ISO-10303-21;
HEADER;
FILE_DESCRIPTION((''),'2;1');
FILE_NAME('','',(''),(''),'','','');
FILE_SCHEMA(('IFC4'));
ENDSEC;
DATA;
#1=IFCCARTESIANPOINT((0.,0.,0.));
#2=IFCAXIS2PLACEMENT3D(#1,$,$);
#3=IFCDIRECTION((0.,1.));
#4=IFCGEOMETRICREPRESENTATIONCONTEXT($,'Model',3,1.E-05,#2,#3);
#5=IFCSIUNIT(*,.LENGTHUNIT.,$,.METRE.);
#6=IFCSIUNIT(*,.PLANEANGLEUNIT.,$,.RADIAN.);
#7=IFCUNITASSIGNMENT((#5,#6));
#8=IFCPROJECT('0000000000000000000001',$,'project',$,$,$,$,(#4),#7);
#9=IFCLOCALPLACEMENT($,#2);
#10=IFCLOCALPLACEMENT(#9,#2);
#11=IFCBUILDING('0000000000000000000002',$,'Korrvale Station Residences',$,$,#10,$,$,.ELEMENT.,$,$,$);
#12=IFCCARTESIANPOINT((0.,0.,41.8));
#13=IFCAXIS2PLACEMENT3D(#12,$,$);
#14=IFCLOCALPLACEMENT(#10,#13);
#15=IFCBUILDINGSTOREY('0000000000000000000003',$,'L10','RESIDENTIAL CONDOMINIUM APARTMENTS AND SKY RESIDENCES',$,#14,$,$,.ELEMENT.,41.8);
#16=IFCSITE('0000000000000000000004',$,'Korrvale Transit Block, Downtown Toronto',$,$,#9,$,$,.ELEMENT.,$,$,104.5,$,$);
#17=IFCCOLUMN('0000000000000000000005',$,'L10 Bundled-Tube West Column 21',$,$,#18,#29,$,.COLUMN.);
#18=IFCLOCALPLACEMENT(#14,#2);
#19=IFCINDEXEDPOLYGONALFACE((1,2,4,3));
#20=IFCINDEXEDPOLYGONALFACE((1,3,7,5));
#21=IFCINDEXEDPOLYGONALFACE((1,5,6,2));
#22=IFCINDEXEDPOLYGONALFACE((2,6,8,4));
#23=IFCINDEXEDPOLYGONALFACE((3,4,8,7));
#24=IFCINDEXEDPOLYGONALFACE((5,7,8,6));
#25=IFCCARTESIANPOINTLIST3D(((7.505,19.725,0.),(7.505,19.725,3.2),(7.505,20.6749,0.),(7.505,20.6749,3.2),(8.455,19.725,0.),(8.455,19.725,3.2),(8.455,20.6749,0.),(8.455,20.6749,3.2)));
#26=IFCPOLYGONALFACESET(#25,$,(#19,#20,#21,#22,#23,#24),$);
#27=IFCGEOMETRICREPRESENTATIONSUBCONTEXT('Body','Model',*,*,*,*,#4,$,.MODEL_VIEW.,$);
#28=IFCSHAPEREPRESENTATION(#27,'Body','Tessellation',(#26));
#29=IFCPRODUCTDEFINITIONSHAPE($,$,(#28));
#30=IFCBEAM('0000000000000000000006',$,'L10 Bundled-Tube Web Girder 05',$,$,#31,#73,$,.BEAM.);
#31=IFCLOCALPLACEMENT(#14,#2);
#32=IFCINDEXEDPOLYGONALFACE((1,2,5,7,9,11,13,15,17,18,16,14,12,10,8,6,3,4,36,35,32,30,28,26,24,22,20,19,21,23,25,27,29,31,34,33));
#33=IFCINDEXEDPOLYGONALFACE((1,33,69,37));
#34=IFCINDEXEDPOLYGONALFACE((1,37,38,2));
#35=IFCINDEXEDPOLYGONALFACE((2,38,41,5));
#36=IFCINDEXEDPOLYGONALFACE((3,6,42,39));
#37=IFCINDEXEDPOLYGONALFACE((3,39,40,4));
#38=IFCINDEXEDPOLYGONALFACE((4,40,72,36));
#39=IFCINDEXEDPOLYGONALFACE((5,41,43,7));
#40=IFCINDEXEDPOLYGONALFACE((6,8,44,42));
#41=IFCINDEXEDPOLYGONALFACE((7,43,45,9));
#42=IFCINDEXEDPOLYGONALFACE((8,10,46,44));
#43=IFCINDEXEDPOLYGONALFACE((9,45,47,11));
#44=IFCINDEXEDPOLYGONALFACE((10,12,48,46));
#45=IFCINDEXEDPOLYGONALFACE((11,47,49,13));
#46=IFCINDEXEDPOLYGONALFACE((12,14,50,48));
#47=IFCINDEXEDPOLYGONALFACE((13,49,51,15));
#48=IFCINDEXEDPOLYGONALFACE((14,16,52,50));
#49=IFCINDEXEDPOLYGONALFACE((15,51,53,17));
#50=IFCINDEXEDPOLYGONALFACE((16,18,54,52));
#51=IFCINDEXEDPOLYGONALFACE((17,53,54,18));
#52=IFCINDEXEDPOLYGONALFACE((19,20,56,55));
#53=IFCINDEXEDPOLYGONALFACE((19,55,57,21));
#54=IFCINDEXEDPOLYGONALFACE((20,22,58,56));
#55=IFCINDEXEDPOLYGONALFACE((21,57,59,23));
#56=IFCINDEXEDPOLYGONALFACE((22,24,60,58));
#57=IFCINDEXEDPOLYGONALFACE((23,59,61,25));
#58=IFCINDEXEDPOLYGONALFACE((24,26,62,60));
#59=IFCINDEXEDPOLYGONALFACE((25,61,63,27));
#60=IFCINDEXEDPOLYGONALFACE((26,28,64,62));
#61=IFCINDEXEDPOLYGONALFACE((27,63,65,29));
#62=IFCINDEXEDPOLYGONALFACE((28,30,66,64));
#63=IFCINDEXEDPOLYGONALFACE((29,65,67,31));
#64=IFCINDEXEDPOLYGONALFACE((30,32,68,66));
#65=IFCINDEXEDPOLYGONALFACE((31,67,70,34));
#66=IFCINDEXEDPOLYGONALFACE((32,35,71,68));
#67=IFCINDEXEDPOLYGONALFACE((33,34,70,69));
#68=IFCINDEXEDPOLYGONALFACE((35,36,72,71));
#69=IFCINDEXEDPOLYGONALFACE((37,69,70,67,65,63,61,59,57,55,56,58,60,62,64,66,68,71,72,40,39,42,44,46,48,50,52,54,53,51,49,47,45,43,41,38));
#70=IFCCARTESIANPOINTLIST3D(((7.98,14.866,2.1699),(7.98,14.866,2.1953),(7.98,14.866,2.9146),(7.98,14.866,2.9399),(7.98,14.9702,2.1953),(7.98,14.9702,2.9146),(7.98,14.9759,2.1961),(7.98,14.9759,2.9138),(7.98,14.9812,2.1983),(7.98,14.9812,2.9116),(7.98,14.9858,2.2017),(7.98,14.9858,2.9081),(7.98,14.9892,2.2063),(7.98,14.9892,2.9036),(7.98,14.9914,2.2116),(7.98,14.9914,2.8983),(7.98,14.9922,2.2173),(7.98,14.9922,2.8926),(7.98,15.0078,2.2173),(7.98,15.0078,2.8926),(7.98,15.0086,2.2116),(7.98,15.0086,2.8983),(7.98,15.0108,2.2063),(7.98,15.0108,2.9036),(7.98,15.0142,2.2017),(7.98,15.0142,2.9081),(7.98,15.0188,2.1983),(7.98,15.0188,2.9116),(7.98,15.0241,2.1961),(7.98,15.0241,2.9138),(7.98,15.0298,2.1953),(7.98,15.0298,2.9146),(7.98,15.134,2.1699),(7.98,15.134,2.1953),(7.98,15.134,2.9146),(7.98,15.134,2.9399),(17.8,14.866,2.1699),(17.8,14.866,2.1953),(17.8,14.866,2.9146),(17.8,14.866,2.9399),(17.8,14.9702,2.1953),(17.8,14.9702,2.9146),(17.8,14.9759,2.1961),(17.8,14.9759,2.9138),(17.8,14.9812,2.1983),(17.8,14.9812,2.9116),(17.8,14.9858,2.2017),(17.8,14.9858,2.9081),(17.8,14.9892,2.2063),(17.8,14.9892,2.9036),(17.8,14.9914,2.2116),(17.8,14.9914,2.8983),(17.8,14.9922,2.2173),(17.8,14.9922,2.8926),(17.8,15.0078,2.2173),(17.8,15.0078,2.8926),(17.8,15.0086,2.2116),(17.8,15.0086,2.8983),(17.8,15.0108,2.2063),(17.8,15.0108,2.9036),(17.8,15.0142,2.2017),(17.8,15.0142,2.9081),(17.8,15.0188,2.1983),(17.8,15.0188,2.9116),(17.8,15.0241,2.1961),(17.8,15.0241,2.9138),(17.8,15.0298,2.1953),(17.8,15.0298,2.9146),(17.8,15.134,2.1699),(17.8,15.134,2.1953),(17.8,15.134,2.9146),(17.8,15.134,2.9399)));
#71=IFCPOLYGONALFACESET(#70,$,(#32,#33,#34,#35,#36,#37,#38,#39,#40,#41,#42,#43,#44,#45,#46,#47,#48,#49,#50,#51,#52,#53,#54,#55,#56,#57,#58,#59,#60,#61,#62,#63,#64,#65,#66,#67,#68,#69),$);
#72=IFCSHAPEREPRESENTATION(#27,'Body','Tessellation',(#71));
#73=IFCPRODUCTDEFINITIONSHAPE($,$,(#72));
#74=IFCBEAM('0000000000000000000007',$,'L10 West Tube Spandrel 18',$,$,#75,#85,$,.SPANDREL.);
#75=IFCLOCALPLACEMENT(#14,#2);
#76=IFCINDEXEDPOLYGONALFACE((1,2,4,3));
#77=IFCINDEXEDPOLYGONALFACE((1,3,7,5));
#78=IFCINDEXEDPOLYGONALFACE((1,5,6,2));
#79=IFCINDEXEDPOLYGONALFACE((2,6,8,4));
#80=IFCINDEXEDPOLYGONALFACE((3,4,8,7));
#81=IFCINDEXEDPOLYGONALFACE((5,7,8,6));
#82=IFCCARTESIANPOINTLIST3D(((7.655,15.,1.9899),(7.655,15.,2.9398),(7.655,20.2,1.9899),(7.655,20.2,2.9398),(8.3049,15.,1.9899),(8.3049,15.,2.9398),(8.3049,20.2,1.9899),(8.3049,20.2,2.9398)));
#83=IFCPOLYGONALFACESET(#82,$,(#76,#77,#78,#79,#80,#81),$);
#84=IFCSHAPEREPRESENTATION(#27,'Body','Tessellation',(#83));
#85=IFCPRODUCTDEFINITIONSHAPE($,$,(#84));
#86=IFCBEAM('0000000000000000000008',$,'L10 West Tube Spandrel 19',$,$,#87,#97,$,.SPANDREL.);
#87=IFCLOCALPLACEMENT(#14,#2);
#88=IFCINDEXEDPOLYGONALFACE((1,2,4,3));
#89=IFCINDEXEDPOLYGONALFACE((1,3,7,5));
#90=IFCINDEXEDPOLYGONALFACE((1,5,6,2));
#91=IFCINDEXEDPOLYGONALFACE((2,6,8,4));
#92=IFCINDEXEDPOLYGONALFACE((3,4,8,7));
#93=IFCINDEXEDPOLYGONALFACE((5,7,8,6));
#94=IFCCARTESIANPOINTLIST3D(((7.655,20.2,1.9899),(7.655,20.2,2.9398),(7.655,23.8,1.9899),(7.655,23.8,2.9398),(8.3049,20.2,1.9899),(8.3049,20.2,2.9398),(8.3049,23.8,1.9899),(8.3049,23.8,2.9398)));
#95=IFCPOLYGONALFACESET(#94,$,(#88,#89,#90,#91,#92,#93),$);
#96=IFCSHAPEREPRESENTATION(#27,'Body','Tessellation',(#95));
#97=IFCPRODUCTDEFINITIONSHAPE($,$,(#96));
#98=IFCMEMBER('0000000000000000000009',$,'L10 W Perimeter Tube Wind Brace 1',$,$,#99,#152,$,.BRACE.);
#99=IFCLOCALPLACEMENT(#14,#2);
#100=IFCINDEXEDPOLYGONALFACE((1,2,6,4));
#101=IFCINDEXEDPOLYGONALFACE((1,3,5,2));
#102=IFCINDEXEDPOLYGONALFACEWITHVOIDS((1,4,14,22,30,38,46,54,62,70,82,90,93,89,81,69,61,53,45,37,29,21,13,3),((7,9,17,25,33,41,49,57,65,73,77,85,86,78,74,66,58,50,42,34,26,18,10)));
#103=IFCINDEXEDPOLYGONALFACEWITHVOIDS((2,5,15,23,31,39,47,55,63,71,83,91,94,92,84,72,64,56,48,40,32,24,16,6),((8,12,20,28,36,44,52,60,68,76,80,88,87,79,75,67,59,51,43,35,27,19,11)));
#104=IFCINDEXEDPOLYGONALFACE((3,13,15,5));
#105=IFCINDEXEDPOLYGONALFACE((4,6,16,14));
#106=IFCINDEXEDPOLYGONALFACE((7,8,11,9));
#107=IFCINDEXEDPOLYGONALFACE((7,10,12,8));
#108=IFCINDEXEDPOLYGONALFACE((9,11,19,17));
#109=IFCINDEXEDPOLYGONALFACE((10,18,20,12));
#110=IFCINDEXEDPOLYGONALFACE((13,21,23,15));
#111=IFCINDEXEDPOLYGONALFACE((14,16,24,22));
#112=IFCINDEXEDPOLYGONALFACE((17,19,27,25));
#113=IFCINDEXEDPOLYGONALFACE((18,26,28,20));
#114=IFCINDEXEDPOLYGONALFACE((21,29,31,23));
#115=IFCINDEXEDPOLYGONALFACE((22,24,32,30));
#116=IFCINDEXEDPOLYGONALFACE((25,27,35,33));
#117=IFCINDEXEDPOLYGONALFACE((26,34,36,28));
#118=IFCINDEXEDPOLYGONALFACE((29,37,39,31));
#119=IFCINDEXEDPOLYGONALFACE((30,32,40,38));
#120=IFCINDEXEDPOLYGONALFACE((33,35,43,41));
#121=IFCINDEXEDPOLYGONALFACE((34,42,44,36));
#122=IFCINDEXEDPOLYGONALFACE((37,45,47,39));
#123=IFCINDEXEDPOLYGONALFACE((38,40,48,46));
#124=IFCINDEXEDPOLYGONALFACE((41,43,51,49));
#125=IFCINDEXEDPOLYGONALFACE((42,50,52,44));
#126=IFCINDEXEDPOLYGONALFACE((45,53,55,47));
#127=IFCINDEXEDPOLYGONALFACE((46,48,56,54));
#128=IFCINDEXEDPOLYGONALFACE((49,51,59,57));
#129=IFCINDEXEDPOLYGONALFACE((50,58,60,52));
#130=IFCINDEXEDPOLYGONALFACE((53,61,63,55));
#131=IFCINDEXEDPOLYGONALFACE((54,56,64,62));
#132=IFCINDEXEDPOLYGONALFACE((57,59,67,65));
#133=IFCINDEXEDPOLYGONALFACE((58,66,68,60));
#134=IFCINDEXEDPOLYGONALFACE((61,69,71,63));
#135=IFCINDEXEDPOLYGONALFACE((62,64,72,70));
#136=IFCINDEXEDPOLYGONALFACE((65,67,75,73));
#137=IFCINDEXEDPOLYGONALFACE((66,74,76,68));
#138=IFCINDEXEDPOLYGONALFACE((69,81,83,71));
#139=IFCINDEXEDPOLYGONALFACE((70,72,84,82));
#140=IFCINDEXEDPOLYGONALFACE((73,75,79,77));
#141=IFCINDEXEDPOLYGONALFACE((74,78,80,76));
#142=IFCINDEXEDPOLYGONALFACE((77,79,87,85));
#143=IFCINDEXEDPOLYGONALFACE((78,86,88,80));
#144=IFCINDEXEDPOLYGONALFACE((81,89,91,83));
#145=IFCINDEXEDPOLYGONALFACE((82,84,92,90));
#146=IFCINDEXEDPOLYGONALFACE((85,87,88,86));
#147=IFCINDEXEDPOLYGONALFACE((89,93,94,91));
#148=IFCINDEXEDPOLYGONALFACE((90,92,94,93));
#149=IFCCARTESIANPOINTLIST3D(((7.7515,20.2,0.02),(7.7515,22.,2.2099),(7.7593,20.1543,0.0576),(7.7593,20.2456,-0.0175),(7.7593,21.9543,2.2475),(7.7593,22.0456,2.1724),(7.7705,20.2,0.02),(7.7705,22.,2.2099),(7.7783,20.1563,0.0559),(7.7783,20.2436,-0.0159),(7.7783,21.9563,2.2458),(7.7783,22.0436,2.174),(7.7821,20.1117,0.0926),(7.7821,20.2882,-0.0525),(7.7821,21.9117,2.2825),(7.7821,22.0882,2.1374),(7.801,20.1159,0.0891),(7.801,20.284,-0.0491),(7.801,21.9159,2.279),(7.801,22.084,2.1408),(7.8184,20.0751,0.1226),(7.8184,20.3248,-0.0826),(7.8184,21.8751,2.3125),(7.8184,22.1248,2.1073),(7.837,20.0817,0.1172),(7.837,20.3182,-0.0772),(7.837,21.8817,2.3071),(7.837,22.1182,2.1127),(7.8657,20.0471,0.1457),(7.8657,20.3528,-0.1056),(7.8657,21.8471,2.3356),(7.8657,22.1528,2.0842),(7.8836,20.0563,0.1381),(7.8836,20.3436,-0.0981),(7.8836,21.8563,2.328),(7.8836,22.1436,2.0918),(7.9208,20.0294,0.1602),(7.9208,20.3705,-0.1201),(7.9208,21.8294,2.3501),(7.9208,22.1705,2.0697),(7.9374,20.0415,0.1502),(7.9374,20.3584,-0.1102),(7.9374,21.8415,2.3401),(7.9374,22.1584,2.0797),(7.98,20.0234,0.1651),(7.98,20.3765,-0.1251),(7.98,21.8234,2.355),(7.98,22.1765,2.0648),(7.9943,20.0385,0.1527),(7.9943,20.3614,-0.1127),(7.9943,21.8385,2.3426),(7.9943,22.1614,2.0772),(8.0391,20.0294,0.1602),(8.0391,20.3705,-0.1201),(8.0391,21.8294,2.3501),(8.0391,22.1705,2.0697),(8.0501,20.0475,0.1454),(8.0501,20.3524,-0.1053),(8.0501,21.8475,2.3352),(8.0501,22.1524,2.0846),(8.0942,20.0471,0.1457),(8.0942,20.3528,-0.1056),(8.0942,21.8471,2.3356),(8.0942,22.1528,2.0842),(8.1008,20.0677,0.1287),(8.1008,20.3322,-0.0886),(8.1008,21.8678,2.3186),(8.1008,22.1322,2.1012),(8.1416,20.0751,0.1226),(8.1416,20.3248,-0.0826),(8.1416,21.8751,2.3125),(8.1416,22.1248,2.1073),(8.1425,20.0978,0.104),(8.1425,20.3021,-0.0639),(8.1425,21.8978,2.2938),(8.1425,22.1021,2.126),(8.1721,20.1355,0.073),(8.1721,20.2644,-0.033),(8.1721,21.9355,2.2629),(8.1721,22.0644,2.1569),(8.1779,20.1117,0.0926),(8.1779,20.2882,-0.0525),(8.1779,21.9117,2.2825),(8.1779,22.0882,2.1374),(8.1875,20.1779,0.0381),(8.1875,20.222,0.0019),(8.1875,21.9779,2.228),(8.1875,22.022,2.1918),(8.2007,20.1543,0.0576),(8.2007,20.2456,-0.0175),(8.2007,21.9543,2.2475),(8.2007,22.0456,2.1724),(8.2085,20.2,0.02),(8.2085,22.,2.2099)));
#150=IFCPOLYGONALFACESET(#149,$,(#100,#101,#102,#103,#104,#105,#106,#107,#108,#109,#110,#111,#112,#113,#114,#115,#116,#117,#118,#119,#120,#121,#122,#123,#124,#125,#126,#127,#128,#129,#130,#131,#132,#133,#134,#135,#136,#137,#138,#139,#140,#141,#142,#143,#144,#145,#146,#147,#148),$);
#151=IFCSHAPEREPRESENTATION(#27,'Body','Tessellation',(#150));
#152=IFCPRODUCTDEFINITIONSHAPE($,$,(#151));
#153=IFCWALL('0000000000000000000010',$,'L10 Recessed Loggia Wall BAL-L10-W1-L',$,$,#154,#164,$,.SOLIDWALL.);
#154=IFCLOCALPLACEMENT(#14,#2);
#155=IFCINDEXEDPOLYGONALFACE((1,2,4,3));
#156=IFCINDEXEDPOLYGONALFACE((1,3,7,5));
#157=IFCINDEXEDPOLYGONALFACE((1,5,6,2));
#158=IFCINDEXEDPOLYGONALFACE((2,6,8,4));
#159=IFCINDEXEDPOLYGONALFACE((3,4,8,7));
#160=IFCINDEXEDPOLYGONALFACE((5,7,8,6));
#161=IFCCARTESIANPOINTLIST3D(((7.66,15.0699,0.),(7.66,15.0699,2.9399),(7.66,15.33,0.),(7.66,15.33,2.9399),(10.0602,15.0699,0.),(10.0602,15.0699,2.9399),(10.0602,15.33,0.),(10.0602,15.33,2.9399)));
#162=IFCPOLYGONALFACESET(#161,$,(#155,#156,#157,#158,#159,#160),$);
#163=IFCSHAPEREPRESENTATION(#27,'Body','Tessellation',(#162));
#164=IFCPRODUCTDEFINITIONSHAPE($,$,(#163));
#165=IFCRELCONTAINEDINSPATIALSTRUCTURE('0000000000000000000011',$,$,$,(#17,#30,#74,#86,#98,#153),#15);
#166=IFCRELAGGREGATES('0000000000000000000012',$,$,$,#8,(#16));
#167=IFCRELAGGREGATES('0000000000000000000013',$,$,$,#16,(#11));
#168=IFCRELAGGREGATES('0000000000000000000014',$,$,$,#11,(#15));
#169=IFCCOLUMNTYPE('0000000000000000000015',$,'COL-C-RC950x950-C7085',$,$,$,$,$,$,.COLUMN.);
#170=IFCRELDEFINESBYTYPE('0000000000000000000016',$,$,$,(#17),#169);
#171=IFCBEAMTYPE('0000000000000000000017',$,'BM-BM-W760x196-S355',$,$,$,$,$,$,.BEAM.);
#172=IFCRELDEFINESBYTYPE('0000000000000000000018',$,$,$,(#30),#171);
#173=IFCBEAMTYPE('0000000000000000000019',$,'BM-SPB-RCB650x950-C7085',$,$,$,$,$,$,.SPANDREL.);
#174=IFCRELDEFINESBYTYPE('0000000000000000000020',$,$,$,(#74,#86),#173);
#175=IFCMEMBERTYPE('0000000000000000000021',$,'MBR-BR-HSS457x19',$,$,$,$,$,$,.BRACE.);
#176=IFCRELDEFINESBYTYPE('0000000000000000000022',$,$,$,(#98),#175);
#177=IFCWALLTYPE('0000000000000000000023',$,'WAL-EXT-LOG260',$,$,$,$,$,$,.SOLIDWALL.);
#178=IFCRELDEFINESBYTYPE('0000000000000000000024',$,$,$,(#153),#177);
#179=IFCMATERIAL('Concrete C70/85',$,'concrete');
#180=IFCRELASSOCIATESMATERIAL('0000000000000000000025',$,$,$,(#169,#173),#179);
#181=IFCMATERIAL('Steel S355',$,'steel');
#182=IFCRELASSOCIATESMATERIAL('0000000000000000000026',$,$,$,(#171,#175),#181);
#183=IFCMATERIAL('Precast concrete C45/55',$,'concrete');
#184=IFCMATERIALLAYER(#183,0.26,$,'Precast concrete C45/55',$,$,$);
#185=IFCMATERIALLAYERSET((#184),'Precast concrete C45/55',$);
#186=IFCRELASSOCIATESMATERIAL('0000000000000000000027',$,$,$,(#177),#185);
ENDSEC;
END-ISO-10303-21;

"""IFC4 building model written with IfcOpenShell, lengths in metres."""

from ifc_helpers import new_model, si_unit, direction, frame, frame_2d, origin, origin_2d, place, context, subcontext, project, spatial, rectangle, hollow_circle, i_section, extrude, material, layer, layer_set, material_profile, profile_set, type_object, element, save


model = new_model("IFC4")

# Units and contexts
model_context = context("Model", 3, precision=1e-05, world=origin(), true_north=direction((0.0, 1.0)))
body_context = subcontext(model_context, "Body", "Model", "MODEL_VIEW")
ifc_project = project(units=[si_unit("LENGTHUNIT", "METRE"), si_unit("PLANEANGLEUNIT", "RADIAN")], contexts=[model_context])

# Site, building, storey
site_placement = place(None, origin())
site = spatial("IfcSite", under=ifc_project, at=site_placement, Name="Korrvale Transit Block, Downtown Toronto", CompositionType="ELEMENT", RefElevation=104.5)
building_placement = place(site_placement, origin())
building = spatial("IfcBuilding", under=site, at=building_placement, Name="Korrvale Station Residences", CompositionType="ELEMENT")
storey_placement = place(building_placement, frame((0.0, 0.0, 41.8)))
storey = spatial("IfcBuildingStorey", under=building, at=storey_placement, Name="L10", Description="RESIDENTIAL CONDOMINIUM APARTMENTS AND SKY RESIDENCES", CompositionType="ELEMENT", Elevation=41.8)

# Column
ifc_material_1 = material(Name="Concrete C70/85", Category="concrete")
ifc_material_profile_1 = material_profile(ifc_material_1, rectangle(XDim=0.95, YDim=0.95, at=origin_2d()), Name="RC950x950")
ifc_profile_set_1 = profile_set([ifc_material_profile_1], Name="Concrete C70/85")
column_type = type_object("IfcColumnType", Name="COL-C-RC950x950-C7085", PredefinedType="COLUMN", material=ifc_profile_set_1)
column_placement = place(storey_placement, frame((7.98, 20.2, 0.0), z_axis=(0.0, 0.0, 1.0), x_axis=(1.0, 0.0, 0.0)))
element("IfcColumn", 1, at=column_placement, inside=storey, type_object=column_type, Name="L10 Bundled-Tube West Column 21", PredefinedType="COLUMN", context=body_context, shape_type="SweptSolid", body=[
    extrude(rectangle(XDim=0.95, YDim=0.95, at=origin_2d()), origin(), (0.0, 0.0, 1.0), 3.2),
])

# Beams
ifc_material_2 = material(Name="Steel S355", Category="steel")
ifc_material_profile_2 = material_profile(ifc_material_2, i_section(OverallWidth=0.2681, OverallDepth=0.77, WebThickness=0.0156, FlangeThickness=0.0254, FilletRadius=0.022, at=origin_2d()), Name="W760x196")
ifc_profile_set_2 = profile_set([ifc_material_profile_2], Name="Steel S355")
beam_type_1 = type_object("IfcBeamType", Name="BM-BM-W760x196-S355", PredefinedType="BEAM", material=ifc_profile_set_2)
beam_1_placement = place(storey_placement, frame((7.98, 15.0, 2.5549), z_axis=(1.0, 0.0, 0.0), x_axis=(0.0, 1.0, 0.0)))
element("IfcBeam", 2, at=beam_1_placement, inside=storey, type_object=beam_type_1, Name="L10 Bundled-Tube Web Girder 05", PredefinedType="BEAM", context=body_context, shape_type="SweptSolid", body=[
    extrude(i_section(OverallWidth=0.2681, OverallDepth=0.77, WebThickness=0.0156, FlangeThickness=0.0254, FilletRadius=0.022, at=origin_2d()), origin(), (0.0, 0.0, 1.0), 9.8201),
])
ifc_material_profile_3 = material_profile(ifc_material_1, rectangle(XDim=0.6499, YDim=0.95, at=origin_2d()), Name="RCB650x950")
ifc_profile_set_3 = profile_set([ifc_material_profile_3], Name="Concrete C70/85")
beam_type_2 = type_object("IfcBeamType", Name="BM-SPB-RCB650x950-C7085", PredefinedType="SPANDREL", material=ifc_profile_set_3)
beam_2_placement = place(storey_placement, frame((7.98, 15.0, 2.4648), z_axis=(0.0, 1.0, 0.0), x_axis=(-1.0, 0.0, 0.0)))
element("IfcBeam", 3, at=beam_2_placement, inside=storey, type_object=beam_type_2, Name="L10 West Tube Spandrel 18", PredefinedType="SPANDREL", context=body_context, shape_type="SweptSolid", body=[
    extrude(rectangle(XDim=0.6499, YDim=0.95, at=origin_2d()), origin(), (0.0, 0.0, 1.0), 5.2),
])
beam_3_placement = place(storey_placement, frame((7.98, 20.2, 2.4648), z_axis=(0.0, 1.0, 0.0), x_axis=(-1.0, 0.0, 0.0)))
element("IfcBeam", 4, at=beam_3_placement, inside=storey, type_object=beam_type_2, Name="L10 West Tube Spandrel 19", PredefinedType="SPANDREL", context=body_context, shape_type="SweptSolid", body=[
    extrude(rectangle(XDim=0.6499, YDim=0.95, at=origin_2d()), origin(), (0.0, 0.0, 1.0), 3.6001),
])

# Member
ifc_material_profile_4 = material_profile(ifc_material_2, hollow_circle(Radius=0.2285, WallThickness=0.019, at=origin_2d()), Name="HSS457x19")
ifc_profile_set_4 = profile_set([ifc_material_profile_4], Name="Steel S355")
member_type = type_object("IfcMemberType", Name="MBR-BR-HSS457x19", PredefinedType="BRACE", material=ifc_profile_set_4)
member_placement = place(storey_placement, frame((7.98, 20.2, 0.02), z_axis=(0.0, 0.634985, 0.772524), x_axis=(-1.0, 0.0, 0.0)))
element("IfcMember", 5, at=member_placement, inside=storey, type_object=member_type, Name="L10 W Perimeter Tube Wind Brace 1", PredefinedType="BRACE", context=body_context, shape_type="SweptSolid", body=[
    extrude(hollow_circle(Radius=0.2285, WallThickness=0.019, at=origin_2d()), origin(), (0.0, 0.0, 1.0), 2.8347),
])

# Wall
ifc_material_3 = material(Name="Precast concrete C45/55", Category="concrete")
ifc_layer_1 = layer(ifc_material_3, 0.26, Name="Precast concrete C45/55")
ifc_layer_set_1 = layer_set([ifc_layer_1], Name="Precast concrete C45/55")
wall_type_1 = type_object("IfcWallType", Name="WAL-EXT-LOG260", PredefinedType="SOLIDWALL", material=ifc_layer_set_1)
wall_1_placement = place(storey_placement, frame((7.6599, 15.2, 0.0), z_axis=(0.0, 0.0, 1.0), x_axis=(1.0, 0.0, 0.0)))
element("IfcWall", 6, at=wall_1_placement, inside=storey, type_object=wall_type_1, Name="L10 Recessed Loggia Wall BAL-L10-W1-L", PredefinedType="SOLIDWALL", context=body_context, shape_type="SweptSolid", body=[
    extrude(rectangle(XDim=2.4001, YDim=0.26, at=frame_2d((1.2002, 0.0))), origin(), (0.0, 0.0, 1.0), 2.9399),
])

save(model, "model.ifc")
